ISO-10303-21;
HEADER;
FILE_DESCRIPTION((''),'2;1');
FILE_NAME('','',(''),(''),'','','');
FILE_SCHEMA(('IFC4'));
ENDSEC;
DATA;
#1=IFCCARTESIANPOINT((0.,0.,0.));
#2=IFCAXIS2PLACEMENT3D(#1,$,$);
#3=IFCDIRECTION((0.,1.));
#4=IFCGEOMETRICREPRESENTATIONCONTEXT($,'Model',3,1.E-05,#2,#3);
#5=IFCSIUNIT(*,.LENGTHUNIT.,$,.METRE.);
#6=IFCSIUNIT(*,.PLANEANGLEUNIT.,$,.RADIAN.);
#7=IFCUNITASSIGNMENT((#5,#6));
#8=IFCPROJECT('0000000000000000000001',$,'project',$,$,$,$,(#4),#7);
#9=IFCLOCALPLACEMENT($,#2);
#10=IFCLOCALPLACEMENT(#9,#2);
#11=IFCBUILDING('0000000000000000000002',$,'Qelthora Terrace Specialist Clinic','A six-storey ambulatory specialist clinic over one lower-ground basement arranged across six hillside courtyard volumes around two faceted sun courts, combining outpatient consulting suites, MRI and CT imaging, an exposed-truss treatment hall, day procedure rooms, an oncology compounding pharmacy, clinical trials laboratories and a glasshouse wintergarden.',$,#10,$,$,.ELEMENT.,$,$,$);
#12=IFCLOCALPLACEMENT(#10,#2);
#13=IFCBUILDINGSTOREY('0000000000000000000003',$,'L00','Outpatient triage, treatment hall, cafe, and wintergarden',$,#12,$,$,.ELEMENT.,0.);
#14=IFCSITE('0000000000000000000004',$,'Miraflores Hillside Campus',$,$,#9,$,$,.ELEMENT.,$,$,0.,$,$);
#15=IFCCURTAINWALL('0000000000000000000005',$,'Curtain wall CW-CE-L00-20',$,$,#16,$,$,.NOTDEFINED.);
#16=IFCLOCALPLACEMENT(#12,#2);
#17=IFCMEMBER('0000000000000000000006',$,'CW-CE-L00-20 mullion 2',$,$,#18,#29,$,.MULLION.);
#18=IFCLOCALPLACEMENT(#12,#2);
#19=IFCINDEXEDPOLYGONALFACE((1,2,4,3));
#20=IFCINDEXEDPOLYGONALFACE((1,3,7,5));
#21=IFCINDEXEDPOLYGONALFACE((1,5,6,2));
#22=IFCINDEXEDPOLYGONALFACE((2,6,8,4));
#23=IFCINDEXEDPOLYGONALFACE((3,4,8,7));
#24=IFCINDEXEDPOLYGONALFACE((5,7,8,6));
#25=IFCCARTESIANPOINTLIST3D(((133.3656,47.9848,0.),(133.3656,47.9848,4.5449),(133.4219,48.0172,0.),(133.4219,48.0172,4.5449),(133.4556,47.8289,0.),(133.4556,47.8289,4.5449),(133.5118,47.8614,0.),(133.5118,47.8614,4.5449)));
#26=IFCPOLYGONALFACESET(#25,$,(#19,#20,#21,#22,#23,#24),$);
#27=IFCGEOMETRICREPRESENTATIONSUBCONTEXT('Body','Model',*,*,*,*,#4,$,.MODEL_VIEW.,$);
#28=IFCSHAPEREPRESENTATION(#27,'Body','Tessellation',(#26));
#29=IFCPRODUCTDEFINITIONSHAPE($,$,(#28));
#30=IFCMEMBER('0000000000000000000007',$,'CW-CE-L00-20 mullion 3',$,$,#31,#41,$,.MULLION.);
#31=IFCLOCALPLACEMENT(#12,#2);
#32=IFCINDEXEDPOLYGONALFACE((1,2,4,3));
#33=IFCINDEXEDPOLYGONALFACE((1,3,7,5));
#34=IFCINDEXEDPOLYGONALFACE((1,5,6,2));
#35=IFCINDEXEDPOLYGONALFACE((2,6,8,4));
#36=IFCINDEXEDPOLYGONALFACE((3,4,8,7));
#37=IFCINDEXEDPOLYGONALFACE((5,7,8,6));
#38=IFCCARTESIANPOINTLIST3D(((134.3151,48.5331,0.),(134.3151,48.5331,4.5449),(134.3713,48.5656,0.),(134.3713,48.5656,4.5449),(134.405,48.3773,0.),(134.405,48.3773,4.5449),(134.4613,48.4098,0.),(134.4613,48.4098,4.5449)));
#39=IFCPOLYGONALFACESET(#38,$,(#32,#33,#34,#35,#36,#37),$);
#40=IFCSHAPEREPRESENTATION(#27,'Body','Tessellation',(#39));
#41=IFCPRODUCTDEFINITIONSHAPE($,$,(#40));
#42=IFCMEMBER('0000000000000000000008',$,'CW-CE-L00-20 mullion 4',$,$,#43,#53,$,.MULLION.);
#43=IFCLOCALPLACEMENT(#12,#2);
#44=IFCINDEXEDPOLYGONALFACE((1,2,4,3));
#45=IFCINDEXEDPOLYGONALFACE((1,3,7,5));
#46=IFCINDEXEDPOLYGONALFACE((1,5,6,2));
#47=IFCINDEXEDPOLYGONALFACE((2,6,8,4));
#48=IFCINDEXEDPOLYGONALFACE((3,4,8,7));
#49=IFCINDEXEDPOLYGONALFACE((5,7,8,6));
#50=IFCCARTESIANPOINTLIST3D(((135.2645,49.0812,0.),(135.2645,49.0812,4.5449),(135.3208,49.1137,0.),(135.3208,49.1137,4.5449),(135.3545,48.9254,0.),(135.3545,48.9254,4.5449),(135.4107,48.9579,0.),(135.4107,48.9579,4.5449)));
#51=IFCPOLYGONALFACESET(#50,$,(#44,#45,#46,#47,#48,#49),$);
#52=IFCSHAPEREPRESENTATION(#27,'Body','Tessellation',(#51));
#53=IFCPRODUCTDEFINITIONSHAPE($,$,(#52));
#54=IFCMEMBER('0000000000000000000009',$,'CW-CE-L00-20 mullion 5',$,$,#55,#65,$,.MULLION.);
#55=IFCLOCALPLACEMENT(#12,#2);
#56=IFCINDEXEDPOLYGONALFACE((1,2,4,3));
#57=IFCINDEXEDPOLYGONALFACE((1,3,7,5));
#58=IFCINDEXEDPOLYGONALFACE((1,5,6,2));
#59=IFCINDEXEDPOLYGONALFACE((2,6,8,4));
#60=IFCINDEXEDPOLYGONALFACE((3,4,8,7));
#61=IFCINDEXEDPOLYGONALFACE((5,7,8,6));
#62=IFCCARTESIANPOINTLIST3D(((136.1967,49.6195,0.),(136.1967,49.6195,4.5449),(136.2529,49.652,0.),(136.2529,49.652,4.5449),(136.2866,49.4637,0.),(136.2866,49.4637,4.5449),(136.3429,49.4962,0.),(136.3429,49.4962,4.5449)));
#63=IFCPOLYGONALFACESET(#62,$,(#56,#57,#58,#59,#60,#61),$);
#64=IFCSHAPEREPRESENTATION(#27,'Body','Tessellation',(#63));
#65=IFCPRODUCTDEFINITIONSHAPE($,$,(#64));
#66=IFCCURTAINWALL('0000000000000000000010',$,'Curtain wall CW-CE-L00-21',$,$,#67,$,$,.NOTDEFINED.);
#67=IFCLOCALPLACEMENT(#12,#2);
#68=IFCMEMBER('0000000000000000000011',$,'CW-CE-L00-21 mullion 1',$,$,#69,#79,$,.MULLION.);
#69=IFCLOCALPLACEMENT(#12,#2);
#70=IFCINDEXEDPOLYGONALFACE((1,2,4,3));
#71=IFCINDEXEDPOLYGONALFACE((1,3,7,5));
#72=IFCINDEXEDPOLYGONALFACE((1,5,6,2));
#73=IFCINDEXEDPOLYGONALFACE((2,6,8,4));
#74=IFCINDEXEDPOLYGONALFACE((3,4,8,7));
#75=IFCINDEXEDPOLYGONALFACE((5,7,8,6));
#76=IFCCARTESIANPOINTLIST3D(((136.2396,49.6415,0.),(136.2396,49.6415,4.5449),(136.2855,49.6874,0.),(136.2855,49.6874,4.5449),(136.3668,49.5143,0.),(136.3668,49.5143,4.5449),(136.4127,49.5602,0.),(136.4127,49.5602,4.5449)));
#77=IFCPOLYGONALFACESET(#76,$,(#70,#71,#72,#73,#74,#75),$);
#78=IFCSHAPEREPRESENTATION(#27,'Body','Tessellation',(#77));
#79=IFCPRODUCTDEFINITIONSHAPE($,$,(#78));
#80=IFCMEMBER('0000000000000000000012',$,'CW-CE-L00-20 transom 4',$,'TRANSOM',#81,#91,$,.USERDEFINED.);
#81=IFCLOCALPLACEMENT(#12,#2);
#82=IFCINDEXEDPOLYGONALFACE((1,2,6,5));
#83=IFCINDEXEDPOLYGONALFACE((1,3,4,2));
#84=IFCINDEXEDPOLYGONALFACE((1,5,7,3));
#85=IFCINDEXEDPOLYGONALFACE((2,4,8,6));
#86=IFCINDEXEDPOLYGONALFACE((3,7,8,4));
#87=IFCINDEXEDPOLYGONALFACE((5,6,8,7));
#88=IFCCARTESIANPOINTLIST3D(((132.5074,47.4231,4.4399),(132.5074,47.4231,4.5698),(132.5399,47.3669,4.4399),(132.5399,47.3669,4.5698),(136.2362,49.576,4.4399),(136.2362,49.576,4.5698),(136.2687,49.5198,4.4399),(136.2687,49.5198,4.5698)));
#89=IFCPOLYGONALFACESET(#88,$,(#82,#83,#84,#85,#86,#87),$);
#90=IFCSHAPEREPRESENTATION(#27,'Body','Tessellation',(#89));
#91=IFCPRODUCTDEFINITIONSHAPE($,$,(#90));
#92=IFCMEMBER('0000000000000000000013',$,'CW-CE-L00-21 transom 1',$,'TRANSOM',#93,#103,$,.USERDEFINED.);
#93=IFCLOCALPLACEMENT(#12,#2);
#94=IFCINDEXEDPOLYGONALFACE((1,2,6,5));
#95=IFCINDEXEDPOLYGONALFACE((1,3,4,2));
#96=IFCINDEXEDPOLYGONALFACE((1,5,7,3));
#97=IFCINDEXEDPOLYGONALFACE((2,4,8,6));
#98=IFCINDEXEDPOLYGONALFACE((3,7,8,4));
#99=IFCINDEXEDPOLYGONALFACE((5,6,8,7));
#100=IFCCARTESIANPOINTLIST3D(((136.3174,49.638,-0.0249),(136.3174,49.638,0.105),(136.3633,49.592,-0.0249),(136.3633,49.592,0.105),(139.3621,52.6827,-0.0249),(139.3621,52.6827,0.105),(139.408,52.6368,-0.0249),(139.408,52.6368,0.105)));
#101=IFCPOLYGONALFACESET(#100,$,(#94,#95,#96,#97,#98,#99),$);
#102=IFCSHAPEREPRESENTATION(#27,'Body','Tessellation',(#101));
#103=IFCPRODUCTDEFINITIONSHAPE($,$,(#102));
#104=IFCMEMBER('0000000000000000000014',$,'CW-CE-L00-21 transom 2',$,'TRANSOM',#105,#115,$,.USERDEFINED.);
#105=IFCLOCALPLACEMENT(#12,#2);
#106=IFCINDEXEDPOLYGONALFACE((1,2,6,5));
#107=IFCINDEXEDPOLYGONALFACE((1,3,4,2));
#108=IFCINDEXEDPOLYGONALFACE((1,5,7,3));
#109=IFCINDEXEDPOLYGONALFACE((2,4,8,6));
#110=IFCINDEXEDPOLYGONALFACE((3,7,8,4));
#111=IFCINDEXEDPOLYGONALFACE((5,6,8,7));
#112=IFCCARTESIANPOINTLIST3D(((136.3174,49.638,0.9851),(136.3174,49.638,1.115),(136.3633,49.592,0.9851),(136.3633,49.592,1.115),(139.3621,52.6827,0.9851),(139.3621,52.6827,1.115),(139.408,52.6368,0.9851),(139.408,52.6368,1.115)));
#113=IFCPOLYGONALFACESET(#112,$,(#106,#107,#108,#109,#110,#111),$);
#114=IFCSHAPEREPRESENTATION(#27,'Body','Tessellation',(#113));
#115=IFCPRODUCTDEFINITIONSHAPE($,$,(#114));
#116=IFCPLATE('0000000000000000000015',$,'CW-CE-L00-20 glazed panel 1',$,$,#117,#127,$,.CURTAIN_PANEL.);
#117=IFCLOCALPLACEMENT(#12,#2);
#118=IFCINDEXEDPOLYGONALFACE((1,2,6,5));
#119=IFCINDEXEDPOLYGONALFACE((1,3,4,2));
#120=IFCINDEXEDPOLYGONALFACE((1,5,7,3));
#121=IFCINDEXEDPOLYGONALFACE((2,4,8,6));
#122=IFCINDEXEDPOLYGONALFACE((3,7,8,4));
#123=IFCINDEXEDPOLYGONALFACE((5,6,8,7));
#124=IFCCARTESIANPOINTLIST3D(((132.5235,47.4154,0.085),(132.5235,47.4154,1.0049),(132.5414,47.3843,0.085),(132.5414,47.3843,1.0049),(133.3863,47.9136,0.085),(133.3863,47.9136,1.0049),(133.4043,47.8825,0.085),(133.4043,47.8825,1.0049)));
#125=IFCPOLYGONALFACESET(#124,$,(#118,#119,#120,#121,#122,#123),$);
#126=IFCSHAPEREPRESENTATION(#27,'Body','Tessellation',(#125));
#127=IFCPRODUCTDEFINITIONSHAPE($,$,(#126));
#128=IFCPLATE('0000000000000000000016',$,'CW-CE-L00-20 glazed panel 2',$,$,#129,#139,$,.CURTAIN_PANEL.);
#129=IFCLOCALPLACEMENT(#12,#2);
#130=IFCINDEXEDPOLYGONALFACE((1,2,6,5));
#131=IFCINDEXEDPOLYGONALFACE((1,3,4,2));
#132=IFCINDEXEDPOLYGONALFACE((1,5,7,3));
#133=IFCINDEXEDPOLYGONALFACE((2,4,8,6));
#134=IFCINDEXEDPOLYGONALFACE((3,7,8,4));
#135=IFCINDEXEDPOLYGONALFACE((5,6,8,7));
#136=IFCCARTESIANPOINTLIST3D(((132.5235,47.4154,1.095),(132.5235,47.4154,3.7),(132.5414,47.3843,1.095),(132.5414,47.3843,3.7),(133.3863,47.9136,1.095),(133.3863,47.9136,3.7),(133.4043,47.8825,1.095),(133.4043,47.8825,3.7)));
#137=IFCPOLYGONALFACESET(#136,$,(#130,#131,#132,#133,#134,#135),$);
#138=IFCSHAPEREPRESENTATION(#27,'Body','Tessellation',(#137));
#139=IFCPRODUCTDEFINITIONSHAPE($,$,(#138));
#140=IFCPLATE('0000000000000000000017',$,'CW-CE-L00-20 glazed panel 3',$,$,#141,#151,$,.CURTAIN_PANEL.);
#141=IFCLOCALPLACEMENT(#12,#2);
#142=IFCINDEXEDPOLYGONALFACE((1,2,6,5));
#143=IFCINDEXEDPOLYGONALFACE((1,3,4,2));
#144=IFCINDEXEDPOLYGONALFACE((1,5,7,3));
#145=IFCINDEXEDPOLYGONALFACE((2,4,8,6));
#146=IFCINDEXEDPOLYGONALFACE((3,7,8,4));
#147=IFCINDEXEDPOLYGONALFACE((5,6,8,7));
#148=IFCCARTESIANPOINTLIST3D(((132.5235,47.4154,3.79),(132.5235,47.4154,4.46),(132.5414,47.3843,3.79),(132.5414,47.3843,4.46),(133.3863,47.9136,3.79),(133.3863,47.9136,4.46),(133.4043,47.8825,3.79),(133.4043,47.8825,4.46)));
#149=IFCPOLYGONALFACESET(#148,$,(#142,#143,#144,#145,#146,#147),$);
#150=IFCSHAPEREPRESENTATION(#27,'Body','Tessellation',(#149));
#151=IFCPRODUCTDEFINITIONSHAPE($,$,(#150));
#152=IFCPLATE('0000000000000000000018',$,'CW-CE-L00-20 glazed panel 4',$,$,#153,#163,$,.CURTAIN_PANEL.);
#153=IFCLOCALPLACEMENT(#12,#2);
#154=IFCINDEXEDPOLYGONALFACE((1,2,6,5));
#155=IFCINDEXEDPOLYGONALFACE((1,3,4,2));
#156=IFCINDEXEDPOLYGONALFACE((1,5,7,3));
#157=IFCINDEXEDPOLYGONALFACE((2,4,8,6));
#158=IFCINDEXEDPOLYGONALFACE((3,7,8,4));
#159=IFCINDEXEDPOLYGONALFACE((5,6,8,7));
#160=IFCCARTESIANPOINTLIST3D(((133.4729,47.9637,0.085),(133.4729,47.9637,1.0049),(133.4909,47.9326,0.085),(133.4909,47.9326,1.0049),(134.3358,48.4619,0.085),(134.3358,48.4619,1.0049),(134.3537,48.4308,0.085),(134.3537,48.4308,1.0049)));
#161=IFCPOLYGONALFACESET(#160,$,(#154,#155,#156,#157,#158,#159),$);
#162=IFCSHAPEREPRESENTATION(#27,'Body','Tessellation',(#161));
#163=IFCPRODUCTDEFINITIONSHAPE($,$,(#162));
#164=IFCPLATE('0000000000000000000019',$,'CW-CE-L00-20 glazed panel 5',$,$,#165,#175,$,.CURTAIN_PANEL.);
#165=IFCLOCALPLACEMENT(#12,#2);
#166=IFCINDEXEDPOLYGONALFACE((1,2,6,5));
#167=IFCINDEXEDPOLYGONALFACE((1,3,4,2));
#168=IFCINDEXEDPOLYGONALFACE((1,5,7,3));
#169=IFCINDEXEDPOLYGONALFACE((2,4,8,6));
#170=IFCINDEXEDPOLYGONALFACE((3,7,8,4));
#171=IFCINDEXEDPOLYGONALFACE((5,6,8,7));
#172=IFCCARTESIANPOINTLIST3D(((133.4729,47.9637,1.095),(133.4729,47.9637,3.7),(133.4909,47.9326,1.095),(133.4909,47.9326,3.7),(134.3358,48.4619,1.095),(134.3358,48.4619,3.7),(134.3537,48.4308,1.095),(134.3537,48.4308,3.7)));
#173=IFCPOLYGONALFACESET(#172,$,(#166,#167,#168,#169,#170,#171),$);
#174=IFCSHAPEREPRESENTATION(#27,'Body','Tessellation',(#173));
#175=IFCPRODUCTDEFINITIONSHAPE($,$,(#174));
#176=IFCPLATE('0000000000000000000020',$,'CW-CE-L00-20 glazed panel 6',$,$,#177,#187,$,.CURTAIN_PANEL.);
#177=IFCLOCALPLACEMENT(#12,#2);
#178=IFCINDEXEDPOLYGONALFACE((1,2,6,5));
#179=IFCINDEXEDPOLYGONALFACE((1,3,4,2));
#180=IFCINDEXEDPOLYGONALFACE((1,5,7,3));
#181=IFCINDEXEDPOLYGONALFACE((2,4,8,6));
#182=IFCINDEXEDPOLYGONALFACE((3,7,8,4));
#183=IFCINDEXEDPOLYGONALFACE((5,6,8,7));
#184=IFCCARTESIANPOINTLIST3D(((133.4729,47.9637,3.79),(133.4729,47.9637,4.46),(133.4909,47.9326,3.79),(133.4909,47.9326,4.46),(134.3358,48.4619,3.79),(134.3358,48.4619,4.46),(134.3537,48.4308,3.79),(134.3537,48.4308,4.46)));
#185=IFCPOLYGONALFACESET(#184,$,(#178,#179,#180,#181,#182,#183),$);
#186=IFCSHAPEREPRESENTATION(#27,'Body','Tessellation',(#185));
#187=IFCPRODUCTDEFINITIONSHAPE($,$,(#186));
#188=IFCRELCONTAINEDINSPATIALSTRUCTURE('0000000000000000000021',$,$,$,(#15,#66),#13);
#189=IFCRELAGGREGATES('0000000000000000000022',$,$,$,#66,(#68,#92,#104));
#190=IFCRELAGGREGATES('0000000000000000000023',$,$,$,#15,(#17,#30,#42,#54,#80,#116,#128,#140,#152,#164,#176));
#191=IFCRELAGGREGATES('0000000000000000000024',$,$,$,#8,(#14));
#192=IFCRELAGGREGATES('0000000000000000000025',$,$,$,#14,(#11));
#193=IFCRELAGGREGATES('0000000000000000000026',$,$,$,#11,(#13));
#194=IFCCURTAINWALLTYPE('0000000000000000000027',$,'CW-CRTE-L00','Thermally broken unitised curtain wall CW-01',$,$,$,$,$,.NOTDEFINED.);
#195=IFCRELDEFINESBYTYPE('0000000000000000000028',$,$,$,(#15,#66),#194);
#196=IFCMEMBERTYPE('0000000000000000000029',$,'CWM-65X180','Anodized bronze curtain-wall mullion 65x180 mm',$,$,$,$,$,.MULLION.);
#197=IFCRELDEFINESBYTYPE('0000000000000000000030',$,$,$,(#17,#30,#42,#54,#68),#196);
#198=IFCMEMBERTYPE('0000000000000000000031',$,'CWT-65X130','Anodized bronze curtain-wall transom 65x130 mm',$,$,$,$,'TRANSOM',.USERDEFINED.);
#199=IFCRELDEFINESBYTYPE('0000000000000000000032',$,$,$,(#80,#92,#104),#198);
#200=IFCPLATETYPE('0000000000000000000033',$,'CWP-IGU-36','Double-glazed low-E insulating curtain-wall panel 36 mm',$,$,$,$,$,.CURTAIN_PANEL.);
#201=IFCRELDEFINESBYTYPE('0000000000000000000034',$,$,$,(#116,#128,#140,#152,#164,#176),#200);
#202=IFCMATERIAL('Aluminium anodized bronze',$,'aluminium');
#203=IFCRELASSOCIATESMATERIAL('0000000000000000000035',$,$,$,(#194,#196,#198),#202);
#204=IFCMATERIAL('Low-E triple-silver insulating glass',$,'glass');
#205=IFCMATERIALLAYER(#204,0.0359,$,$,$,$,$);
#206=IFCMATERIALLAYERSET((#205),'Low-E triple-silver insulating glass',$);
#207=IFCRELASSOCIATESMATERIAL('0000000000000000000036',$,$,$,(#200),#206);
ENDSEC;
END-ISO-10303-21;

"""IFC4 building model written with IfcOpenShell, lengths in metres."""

from ifc_helpers import new_model, si_unit, direction, frame, origin, origin_2d, place, context, subcontext, project, spatial, rectangle, extrude, material, layer, layer_set, material_profile, profile_set, type_object, element, aggregate, save


model = new_model("IFC4")

# Units and contexts
model_context = context("Model", 3, precision=1e-05, world=origin(), true_north=direction((0.0, 1.0)))
body_context = subcontext(model_context, "Body", "Model", "MODEL_VIEW")
ifc_project = project(units=[si_unit("LENGTHUNIT", "METRE"), si_unit("PLANEANGLEUNIT", "RADIAN")], contexts=[model_context])

# Site, building, storey
site_placement = place(None, origin())
site = spatial("IfcSite", under=ifc_project, at=site_placement, Name="Miraflores Hillside Campus", CompositionType="ELEMENT", RefElevation=0.0)
building_placement = place(site_placement, origin())
building = spatial("IfcBuilding", under=site, at=building_placement, Name="Qelthora Terrace Specialist Clinic", Description="A six-storey ambulatory specialist clinic over one lower-ground basement arranged across six hillside courtyard volumes around two faceted sun courts, combining outpatient consulting suites, MRI and CT imaging, an exposed-truss treatment hall, day procedure rooms, an oncology compounding pharmacy, clinical trials laboratories and a glasshouse wintergarden.", CompositionType="ELEMENT")
storey_placement = place(building_placement, origin())
storey = spatial("IfcBuildingStorey", under=building, at=storey_placement, Name="L00", Description="Outpatient triage, treatment hall, cafe, and wintergarden", CompositionType="ELEMENT", Elevation=0.0)

# Curtain wall, members
ifc_material_1 = material(Name="Aluminium anodized bronze", Category="aluminium")
curtain_wall_type = type_object("IfcCurtainWallType", Name="CW-CRTE-L00", Description="Thermally broken unitised curtain wall CW-01", PredefinedType="NOTDEFINED", material=ifc_material_1)
curtain_wall_1_placement = place(storey_placement, origin())
curtain_wall_1 = element("IfcCurtainWall", 1, at=curtain_wall_1_placement, inside=storey, type_object=curtain_wall_type, Name="Curtain wall CW-CE-L00-20", PredefinedType="NOTDEFINED")
ifc_material_profile_1 = material_profile(ifc_material_1, rectangle(XDim=0.0649, YDim=0.1799, at=origin_2d()), Name="CWM65X180")
ifc_profile_set_1 = profile_set([ifc_material_profile_1], Name="Aluminium anodized bronze")
member_type_1 = type_object("IfcMemberType", Name="CWM-65X180", Description="Anodized bronze curtain-wall mullion 65x180 mm", PredefinedType="MULLION", material=ifc_profile_set_1)
member_1_placement = place(storey_placement, frame((133.4387, 47.9231, 0.0), z_axis=(0.0, 0.0, 1.0), x_axis=(0.866025, 0.5, 0.0)))
member_1 = element("IfcMember", 2, at=member_1_placement, type_object=member_type_1, Name="CW-CE-L00-20 mullion 2", PredefinedType="MULLION", context=body_context, shape_type="SweptSolid", body=[
    extrude(rectangle(XDim=0.0649, YDim=0.1799, at=origin_2d()), origin(), (0.0, 0.0, 1.0), 4.5449),
])
member_2_placement = place(storey_placement, frame((134.3882, 48.4714, 0.0), z_axis=(0.0, 0.0, 1.0), x_axis=(0.866025, 0.5, 0.0)))
member_2 = element("IfcMember", 3, at=member_2_placement, type_object=member_type_1, Name="CW-CE-L00-20 mullion 3", PredefinedType="MULLION", context=body_context, shape_type="SweptSolid", body=[
    extrude(rectangle(XDim=0.0649, YDim=0.1799, at=origin_2d()), origin(), (0.0, 0.0, 1.0), 4.5449),
])
member_3_placement = place(storey_placement, frame((135.3376, 49.0195, 0.0), z_axis=(0.0, 0.0, 1.0), x_axis=(0.866025, 0.5, 0.0)))
member_3 = element("IfcMember", 4, at=member_3_placement, type_object=member_type_1, Name="CW-CE-L00-20 mullion 4", PredefinedType="MULLION", context=body_context, shape_type="SweptSolid", body=[
    extrude(rectangle(XDim=0.0649, YDim=0.1799, at=origin_2d()), origin(), (0.0, 0.0, 1.0), 4.5449),
])
member_4_placement = place(storey_placement, frame((136.2698, 49.5579, 0.0), z_axis=(0.0, 0.0, 1.0), x_axis=(0.866025, 0.5, 0.0)))
member_4 = element("IfcMember", 5, at=member_4_placement, type_object=member_type_1, Name="CW-CE-L00-20 mullion 5", PredefinedType="MULLION", context=body_context, shape_type="SweptSolid", body=[
    extrude(rectangle(XDim=0.0649, YDim=0.1799, at=origin_2d()), origin(), (0.0, 0.0, 1.0), 4.5449),
])

# Curtain wall, member
curtain_wall_2_placement = place(storey_placement, origin())
curtain_wall_2 = element("IfcCurtainWall", 6, at=curtain_wall_2_placement, inside=storey, type_object=curtain_wall_type, Name="Curtain wall CW-CE-L00-21", PredefinedType="NOTDEFINED")
member_5_placement = place(storey_placement, frame((136.3262, 49.6008, 0.0), z_axis=(0.0, 0.0, 1.0), x_axis=(0.707107, 0.707107, 0.0)))
member_5 = element("IfcMember", 7, at=member_5_placement, type_object=member_type_1, Name="CW-CE-L00-21 mullion 1", PredefinedType="MULLION", context=body_context, shape_type="SweptSolid", body=[
    extrude(rectangle(XDim=0.0649, YDim=0.1799, at=origin_2d()), origin(), (0.0, 0.0, 1.0), 4.5449),
])

# Members
ifc_material_profile_2 = material_profile(ifc_material_1, rectangle(XDim=0.0649, YDim=0.1299, at=origin_2d()), Name="CWT65X130")
ifc_profile_set_2 = profile_set([ifc_material_profile_2], Name="Aluminium anodized bronze")
member_type_2 = type_object("IfcMemberType", Name="CWT-65X130", Description="Anodized bronze curtain-wall transom 65x130 mm", ElementType="TRANSOM", PredefinedType="USERDEFINED", material=ifc_profile_set_2)
member_6_placement = place(storey_placement, frame((132.5237, 47.395, 4.5049), z_axis=(0.866022, 0.500006, 0.0), x_axis=(-0.500006, 0.866022, 0.0)))
member_6 = element("IfcMember", 8, at=member_6_placement, type_object=member_type_2, Name="CW-CE-L00-20 transom 4", ObjectType="TRANSOM", PredefinedType="USERDEFINED", context=body_context, shape_type="SweptSolid", body=[
    extrude(rectangle(XDim=0.0649, YDim=0.1299, at=origin_2d()), origin(), (0.0, 0.0, 1.0), 4.3057),
])
member_7_placement = place(storey_placement, frame((136.3403, 49.615, 0.04), z_axis=(0.707107, 0.707107, 0.0), x_axis=(-0.707107, 0.707107, 0.0)))
member_7 = element("IfcMember", 9, at=member_7_placement, type_object=member_type_2, Name="CW-CE-L00-21 transom 1", ObjectType="TRANSOM", PredefinedType="USERDEFINED", context=body_context, shape_type="SweptSolid", body=[
    extrude(rectangle(XDim=0.0649, YDim=0.1299, at=origin_2d()), origin(), (0.0, 0.0, 1.0), 4.3059),
])
member_8_placement = place(storey_placement, frame((136.3403, 49.615, 1.05), z_axis=(0.707107, 0.707107, 0.0), x_axis=(-0.707107, 0.707107, 0.0)))
member_8 = element("IfcMember", 10, at=member_8_placement, type_object=member_type_2, Name="CW-CE-L00-21 transom 2", ObjectType="TRANSOM", PredefinedType="USERDEFINED", context=body_context, shape_type="SweptSolid", body=[
    extrude(rectangle(XDim=0.0649, YDim=0.1299, at=origin_2d()), origin(), (0.0, 0.0, 1.0), 4.3059),
])
aggregate(curtain_wall_2, [member_5, member_7, member_8])

# Plates
ifc_material_2 = material(Name="Low-E triple-silver insulating glass", Category="glass")
ifc_layer_1 = layer(ifc_material_2, 0.0359)
ifc_layer_set_1 = layer_set([ifc_layer_1], Name="Low-E triple-silver insulating glass")
plate_type = type_object("IfcPlateType", Name="CWP-IGU-36", Description="Double-glazed low-E insulating curtain-wall panel 36 mm", PredefinedType="CURTAIN_PANEL", material=ifc_layer_set_1)
plate_1_placement = place(storey_placement, frame((132.9639, 47.6489, 0.085), z_axis=(0.0, 0.0, 1.0), x_axis=(0.866025, 0.5, 0.0)))
plate_1 = element("IfcPlate", 11, at=plate_1_placement, type_object=plate_type, Name="CW-CE-L00-20 glazed panel 1", PredefinedType="CURTAIN_PANEL", context=body_context, shape_type="SweptSolid", body=[
    extrude(rectangle(XDim=0.9963, YDim=0.0359, at=origin_2d()), origin(), (0.0, 0.0, 1.0), 0.9199),
])
plate_2_placement = place(storey_placement, frame((132.9639, 47.6489, 1.095), z_axis=(0.0, 0.0, 1.0), x_axis=(0.866025, 0.5, 0.0)))
plate_2 = element("IfcPlate", 12, at=plate_2_placement, type_object=plate_type, Name="CW-CE-L00-20 glazed panel 2", PredefinedType="CURTAIN_PANEL", context=body_context, shape_type="SweptSolid", body=[
    extrude(rectangle(XDim=0.9963, YDim=0.0359, at=origin_2d()), origin(), (0.0, 0.0, 1.0), 2.605),
])
plate_3_placement = place(storey_placement, frame((132.9639, 47.6489, 3.79), z_axis=(0.0, 0.0, 1.0), x_axis=(0.866025, 0.5, 0.0)))
plate_3 = element("IfcPlate", 13, at=plate_3_placement, type_object=plate_type, Name="CW-CE-L00-20 glazed panel 3", PredefinedType="CURTAIN_PANEL", context=body_context, shape_type="SweptSolid", body=[
    extrude(rectangle(XDim=0.9963, YDim=0.0359, at=origin_2d()), origin(), (0.0, 0.0, 1.0), 0.6699),
])
plate_4_placement = place(storey_placement, frame((133.9133, 48.1973, 0.085), z_axis=(0.0, 0.0, 1.0), x_axis=(0.866025, 0.5, 0.0)))
plate_4 = element("IfcPlate", 14, at=plate_4_placement, type_object=plate_type, Name="CW-CE-L00-20 glazed panel 4", PredefinedType="CURTAIN_PANEL", context=body_context, shape_type="SweptSolid", body=[
    extrude(rectangle(XDim=0.9963, YDim=0.0359, at=origin_2d()), origin(), (0.0, 0.0, 1.0), 0.9199),
])
plate_5_placement = place(storey_placement, frame((133.9133, 48.1973, 1.095), z_axis=(0.0, 0.0, 1.0), x_axis=(0.866025, 0.5, 0.0)))
plate_5 = element("IfcPlate", 15, at=plate_5_placement, type_object=plate_type, Name="CW-CE-L00-20 glazed panel 5", PredefinedType="CURTAIN_PANEL", context=body_context, shape_type="SweptSolid", body=[
    extrude(rectangle(XDim=0.9963, YDim=0.0359, at=origin_2d()), origin(), (0.0, 0.0, 1.0), 2.605),
])
plate_6_placement = place(storey_placement, frame((133.9133, 48.1973, 3.79), z_axis=(0.0, 0.0, 1.0), x_axis=(0.866025, 0.5, 0.0)))
plate_6 = element("IfcPlate", 16, at=plate_6_placement, type_object=plate_type, Name="CW-CE-L00-20 glazed panel 6", PredefinedType="CURTAIN_PANEL", context=body_context, shape_type="SweptSolid", body=[
    extrude(rectangle(XDim=0.9963, YDim=0.0359, at=origin_2d()), origin(), (0.0, 0.0, 1.0), 0.6699),
])
aggregate(curtain_wall_1, [member_1, member_2, member_3, member_4, member_6, plate_1, plate_2, plate_3, plate_4, plate_5, plate_6])

save(model, "model.ifc")
